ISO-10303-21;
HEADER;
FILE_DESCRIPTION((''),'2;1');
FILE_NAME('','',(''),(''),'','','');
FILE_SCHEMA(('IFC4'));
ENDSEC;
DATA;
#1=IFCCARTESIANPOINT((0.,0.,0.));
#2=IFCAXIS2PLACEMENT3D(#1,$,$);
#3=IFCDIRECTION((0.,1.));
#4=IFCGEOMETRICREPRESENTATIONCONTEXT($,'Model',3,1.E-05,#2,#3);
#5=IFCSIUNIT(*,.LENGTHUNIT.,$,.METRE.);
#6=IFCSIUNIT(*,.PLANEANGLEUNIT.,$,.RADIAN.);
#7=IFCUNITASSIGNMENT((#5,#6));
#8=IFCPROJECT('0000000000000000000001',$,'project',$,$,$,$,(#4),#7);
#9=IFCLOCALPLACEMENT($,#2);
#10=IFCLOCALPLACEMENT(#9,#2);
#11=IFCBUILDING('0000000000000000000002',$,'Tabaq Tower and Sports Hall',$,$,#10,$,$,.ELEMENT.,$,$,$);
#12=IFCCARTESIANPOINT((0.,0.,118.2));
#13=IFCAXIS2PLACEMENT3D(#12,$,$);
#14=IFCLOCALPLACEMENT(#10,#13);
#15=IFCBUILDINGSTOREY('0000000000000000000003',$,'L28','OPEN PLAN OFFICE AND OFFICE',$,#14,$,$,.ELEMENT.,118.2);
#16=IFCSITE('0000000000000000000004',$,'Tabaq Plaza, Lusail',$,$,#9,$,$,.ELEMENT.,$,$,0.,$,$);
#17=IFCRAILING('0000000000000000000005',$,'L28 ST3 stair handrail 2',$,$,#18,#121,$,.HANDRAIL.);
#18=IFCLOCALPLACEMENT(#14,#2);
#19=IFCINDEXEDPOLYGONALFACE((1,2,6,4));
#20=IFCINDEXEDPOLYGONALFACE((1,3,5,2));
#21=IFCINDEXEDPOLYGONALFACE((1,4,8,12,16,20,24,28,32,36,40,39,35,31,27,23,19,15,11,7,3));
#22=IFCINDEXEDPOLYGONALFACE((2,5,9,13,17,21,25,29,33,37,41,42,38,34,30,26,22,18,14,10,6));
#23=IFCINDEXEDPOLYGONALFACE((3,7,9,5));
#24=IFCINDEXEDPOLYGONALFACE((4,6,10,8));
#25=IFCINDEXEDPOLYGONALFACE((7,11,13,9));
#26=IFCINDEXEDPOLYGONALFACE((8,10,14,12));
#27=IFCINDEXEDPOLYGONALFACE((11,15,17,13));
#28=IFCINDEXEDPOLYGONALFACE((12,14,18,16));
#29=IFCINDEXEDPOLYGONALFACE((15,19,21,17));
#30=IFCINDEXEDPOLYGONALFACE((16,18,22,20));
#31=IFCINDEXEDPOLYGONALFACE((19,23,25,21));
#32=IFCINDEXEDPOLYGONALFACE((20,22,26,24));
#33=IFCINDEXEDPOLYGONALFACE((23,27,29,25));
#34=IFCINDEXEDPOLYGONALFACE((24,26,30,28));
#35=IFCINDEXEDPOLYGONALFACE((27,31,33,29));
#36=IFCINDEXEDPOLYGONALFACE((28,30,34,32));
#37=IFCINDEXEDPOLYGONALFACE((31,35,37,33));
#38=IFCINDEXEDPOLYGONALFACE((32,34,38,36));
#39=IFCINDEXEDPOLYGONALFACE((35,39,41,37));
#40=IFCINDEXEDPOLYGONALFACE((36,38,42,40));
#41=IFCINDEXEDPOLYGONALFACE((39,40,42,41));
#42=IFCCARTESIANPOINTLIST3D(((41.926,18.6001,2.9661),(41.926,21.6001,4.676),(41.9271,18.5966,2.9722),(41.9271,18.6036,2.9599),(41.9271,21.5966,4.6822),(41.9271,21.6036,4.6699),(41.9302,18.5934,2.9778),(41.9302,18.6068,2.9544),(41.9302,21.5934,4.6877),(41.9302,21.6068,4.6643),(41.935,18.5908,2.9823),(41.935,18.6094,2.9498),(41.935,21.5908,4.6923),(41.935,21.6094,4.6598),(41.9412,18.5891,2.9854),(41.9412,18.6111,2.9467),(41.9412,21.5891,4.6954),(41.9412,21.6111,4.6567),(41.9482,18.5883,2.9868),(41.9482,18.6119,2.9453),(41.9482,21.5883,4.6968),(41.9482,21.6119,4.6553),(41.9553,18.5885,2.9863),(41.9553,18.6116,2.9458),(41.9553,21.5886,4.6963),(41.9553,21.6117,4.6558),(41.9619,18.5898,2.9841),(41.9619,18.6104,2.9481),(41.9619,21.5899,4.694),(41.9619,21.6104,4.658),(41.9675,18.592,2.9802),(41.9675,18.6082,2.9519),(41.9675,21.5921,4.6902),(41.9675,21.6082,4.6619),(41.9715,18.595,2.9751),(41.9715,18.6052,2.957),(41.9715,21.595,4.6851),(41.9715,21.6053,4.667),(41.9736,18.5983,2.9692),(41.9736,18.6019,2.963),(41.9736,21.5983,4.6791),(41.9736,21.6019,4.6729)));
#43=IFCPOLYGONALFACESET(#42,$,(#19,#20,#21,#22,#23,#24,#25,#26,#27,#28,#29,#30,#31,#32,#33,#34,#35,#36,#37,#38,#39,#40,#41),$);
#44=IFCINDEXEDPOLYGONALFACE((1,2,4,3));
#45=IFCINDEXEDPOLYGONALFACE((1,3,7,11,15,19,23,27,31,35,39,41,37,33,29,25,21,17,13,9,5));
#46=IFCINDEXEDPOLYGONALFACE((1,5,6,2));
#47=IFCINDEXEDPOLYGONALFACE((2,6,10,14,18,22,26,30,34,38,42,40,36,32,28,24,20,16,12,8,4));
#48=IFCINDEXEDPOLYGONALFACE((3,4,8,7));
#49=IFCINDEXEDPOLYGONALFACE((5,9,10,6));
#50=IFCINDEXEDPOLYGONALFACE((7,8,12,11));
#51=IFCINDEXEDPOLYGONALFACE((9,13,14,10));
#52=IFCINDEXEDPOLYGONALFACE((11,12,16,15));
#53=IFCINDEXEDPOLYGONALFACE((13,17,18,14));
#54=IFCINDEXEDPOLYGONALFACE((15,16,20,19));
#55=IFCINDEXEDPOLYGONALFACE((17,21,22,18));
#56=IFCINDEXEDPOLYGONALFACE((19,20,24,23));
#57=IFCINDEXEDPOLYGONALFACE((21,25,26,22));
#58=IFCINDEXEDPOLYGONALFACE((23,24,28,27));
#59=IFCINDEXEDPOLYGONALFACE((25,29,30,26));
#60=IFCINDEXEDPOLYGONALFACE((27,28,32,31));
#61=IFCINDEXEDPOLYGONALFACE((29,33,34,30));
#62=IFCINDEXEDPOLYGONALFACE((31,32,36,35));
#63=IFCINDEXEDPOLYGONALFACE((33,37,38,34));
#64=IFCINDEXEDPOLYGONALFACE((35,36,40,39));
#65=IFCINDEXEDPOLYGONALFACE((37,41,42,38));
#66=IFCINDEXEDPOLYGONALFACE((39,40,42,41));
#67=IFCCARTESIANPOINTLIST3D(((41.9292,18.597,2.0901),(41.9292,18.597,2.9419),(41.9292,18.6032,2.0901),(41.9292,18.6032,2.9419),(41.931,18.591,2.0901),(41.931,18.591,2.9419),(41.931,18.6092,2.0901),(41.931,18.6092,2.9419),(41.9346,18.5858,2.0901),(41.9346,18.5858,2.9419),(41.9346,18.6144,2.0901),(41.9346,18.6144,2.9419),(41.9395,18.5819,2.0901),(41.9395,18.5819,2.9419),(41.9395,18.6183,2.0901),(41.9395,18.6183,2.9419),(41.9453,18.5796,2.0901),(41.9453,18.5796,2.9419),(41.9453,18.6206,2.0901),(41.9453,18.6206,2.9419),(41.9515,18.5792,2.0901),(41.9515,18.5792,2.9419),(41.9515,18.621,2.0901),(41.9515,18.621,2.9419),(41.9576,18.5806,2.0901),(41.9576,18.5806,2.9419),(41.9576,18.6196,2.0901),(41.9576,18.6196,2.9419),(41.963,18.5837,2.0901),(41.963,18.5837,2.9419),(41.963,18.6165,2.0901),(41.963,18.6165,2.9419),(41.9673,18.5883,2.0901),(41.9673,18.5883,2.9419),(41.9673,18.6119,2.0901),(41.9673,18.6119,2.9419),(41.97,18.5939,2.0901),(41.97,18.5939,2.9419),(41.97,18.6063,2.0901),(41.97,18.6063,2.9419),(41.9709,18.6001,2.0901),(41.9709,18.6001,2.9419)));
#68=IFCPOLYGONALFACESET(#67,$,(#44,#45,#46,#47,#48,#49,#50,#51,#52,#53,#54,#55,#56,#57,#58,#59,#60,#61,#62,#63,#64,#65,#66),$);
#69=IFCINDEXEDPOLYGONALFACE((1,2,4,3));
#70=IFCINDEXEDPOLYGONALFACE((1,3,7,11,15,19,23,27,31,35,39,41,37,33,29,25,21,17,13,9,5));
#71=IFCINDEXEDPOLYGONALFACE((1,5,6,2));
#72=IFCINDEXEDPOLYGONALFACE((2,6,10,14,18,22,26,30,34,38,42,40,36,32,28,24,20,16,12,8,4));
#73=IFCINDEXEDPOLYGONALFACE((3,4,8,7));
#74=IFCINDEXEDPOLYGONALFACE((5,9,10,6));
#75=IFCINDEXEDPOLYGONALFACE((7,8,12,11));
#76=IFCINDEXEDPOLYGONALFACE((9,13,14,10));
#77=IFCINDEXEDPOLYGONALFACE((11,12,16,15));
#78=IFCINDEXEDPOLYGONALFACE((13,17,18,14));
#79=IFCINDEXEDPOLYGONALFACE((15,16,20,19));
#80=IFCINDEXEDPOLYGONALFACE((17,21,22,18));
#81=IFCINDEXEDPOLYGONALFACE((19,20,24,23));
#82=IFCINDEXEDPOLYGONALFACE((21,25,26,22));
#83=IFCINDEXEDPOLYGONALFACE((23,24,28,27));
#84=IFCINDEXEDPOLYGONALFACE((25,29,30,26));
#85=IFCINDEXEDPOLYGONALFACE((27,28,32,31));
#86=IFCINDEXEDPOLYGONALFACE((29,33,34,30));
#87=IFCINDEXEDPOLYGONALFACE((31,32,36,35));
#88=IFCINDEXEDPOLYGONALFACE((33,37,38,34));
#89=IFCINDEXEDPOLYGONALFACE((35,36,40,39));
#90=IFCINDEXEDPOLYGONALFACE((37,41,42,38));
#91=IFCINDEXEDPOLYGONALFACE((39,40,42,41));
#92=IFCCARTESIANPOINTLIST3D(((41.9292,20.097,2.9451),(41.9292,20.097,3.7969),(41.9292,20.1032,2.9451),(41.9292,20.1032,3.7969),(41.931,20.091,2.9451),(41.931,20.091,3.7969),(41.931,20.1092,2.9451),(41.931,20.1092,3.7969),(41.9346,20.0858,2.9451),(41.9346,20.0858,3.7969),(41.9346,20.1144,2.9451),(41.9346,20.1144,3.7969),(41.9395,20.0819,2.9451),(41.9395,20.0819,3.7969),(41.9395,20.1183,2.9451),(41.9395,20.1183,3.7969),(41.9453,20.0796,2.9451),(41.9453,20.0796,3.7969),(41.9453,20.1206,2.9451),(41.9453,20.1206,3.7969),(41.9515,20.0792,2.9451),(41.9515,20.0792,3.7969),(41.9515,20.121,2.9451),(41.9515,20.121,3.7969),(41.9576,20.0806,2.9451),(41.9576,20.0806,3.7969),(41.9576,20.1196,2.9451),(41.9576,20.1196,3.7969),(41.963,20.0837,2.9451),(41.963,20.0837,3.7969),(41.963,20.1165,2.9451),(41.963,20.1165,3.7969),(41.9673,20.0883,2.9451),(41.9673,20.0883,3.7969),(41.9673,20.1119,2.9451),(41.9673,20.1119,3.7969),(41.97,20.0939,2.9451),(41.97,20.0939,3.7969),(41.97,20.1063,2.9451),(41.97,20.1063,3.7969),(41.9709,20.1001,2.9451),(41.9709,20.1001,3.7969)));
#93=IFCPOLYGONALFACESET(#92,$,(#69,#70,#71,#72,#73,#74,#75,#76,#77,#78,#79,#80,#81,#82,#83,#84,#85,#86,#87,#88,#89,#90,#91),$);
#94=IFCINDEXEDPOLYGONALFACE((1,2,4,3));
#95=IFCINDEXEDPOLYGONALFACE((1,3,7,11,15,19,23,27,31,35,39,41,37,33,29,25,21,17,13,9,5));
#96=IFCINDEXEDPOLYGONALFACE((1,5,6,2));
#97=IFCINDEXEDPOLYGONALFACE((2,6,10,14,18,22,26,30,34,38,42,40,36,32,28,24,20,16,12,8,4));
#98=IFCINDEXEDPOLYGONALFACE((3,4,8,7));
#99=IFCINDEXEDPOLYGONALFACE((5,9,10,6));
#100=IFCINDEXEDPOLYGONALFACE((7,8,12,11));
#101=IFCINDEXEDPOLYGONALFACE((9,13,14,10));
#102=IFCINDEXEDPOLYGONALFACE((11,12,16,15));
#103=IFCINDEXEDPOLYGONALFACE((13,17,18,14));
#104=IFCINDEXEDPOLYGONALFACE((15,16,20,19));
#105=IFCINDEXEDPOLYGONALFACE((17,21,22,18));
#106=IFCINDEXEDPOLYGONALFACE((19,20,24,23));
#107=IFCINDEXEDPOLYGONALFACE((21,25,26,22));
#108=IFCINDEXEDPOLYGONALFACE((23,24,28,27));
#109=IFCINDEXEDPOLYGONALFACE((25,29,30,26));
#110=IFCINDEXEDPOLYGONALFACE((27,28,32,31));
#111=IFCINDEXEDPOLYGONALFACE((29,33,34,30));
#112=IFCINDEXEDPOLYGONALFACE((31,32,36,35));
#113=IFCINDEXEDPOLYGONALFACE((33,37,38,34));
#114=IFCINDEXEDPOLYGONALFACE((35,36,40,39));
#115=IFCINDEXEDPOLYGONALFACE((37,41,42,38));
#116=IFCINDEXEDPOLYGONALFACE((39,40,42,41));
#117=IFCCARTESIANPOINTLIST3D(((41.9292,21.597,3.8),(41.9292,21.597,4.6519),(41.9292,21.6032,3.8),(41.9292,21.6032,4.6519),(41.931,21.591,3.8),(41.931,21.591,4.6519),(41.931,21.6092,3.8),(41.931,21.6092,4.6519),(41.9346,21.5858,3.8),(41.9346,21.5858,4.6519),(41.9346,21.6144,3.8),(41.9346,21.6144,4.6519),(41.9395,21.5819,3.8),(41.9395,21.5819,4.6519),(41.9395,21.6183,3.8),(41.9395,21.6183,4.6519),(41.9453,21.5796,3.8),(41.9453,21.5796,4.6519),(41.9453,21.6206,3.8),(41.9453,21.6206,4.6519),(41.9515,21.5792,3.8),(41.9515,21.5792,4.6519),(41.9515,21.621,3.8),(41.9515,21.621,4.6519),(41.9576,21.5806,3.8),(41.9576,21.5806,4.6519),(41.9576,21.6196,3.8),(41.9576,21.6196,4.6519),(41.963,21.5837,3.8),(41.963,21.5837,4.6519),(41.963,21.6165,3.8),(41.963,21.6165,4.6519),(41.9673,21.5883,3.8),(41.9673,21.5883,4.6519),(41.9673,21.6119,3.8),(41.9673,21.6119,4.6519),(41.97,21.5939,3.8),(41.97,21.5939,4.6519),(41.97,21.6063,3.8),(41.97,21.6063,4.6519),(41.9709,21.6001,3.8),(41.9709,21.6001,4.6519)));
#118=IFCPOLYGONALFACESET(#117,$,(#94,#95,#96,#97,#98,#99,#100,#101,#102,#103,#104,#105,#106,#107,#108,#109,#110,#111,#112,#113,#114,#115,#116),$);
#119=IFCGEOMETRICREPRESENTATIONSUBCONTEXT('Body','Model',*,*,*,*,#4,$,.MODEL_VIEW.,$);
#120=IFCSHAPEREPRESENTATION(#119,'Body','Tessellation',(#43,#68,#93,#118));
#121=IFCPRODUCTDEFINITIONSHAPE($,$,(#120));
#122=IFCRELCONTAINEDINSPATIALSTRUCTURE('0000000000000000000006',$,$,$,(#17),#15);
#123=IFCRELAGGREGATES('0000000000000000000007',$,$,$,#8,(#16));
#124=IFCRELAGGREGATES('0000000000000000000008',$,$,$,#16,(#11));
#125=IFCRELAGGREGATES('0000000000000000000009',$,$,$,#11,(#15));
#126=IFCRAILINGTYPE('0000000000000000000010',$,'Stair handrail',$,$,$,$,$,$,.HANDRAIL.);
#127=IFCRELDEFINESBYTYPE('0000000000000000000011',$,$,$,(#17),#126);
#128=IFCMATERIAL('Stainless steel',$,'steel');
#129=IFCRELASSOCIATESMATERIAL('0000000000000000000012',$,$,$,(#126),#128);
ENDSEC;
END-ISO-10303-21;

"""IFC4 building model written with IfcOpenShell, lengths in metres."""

from ifc_helpers import new_model, si_unit, direction, frame, origin, origin_2d, place, context, subcontext, project, spatial, circle, extrude, material, type_object, element, save


model = new_model("IFC4")

# Units and contexts
model_context = context("Model", 3, precision=1e-05, world=origin(), true_north=direction((0.0, 1.0)))
body_context = subcontext(model_context, "Body", "Model", "MODEL_VIEW")
ifc_project = project(units=[si_unit("LENGTHUNIT", "METRE"), si_unit("PLANEANGLEUNIT", "RADIAN")], contexts=[model_context])

# Site, building, storey
site_placement = place(None, origin())
site = spatial("IfcSite", under=ifc_project, at=site_placement, Name="Tabaq Plaza, Lusail", CompositionType="ELEMENT", RefElevation=0.0)
building_placement = place(site_placement, origin())
building = spatial("IfcBuilding", under=site, at=building_placement, Name="Tabaq Tower and Sports Hall", CompositionType="ELEMENT")
storey_placement = place(building_placement, frame((0.0, 0.0, 118.2)))
storey = spatial("IfcBuildingStorey", under=building, at=storey_placement, Name="L28", Description="OPEN PLAN OFFICE AND OFFICE", CompositionType="ELEMENT", Elevation=118.2)

# Railing
ifc_material_1 = material(Name="Stainless steel", Category="steel")
railing_type_1 = type_object("IfcRailingType", Name="Stair handrail", PredefinedType="HANDRAIL", material=ifc_material_1)
railing_1_placement = place(storey_placement, frame((41.95, 18.6001, 2.0901)))
element("IfcRailing", 1, at=railing_1_placement, inside=storey, type_object=railing_type_1, Name="L28 ST3 stair handrail 2", PredefinedType="HANDRAIL", context=body_context, shape_type="SweptSolid", body=[
    extrude(circle(Radius=0.0239, at=origin_2d()), frame((0.0, 0.0, 0.876), z_axis=(0.0, 0.868782, 0.495195), x_axis=(-1.0, 0.0, 0.0)), (0.0, 0.0, 1.0), 3.4531),
    extrude(circle(Radius=0.021, at=origin_2d()), origin(), (0.0, 0.0, 1.0), 0.8518),
    extrude(circle(Radius=0.021, at=origin_2d()), frame((0.0, 1.5, 0.855)), (0.0, 0.0, 1.0), 0.8518),
    extrude(circle(Radius=0.021, at=origin_2d()), frame((0.0, 3.0, 1.71)), (0.0, 0.0, 1.0), 0.8518),
])

save(model, "model.ifc")
